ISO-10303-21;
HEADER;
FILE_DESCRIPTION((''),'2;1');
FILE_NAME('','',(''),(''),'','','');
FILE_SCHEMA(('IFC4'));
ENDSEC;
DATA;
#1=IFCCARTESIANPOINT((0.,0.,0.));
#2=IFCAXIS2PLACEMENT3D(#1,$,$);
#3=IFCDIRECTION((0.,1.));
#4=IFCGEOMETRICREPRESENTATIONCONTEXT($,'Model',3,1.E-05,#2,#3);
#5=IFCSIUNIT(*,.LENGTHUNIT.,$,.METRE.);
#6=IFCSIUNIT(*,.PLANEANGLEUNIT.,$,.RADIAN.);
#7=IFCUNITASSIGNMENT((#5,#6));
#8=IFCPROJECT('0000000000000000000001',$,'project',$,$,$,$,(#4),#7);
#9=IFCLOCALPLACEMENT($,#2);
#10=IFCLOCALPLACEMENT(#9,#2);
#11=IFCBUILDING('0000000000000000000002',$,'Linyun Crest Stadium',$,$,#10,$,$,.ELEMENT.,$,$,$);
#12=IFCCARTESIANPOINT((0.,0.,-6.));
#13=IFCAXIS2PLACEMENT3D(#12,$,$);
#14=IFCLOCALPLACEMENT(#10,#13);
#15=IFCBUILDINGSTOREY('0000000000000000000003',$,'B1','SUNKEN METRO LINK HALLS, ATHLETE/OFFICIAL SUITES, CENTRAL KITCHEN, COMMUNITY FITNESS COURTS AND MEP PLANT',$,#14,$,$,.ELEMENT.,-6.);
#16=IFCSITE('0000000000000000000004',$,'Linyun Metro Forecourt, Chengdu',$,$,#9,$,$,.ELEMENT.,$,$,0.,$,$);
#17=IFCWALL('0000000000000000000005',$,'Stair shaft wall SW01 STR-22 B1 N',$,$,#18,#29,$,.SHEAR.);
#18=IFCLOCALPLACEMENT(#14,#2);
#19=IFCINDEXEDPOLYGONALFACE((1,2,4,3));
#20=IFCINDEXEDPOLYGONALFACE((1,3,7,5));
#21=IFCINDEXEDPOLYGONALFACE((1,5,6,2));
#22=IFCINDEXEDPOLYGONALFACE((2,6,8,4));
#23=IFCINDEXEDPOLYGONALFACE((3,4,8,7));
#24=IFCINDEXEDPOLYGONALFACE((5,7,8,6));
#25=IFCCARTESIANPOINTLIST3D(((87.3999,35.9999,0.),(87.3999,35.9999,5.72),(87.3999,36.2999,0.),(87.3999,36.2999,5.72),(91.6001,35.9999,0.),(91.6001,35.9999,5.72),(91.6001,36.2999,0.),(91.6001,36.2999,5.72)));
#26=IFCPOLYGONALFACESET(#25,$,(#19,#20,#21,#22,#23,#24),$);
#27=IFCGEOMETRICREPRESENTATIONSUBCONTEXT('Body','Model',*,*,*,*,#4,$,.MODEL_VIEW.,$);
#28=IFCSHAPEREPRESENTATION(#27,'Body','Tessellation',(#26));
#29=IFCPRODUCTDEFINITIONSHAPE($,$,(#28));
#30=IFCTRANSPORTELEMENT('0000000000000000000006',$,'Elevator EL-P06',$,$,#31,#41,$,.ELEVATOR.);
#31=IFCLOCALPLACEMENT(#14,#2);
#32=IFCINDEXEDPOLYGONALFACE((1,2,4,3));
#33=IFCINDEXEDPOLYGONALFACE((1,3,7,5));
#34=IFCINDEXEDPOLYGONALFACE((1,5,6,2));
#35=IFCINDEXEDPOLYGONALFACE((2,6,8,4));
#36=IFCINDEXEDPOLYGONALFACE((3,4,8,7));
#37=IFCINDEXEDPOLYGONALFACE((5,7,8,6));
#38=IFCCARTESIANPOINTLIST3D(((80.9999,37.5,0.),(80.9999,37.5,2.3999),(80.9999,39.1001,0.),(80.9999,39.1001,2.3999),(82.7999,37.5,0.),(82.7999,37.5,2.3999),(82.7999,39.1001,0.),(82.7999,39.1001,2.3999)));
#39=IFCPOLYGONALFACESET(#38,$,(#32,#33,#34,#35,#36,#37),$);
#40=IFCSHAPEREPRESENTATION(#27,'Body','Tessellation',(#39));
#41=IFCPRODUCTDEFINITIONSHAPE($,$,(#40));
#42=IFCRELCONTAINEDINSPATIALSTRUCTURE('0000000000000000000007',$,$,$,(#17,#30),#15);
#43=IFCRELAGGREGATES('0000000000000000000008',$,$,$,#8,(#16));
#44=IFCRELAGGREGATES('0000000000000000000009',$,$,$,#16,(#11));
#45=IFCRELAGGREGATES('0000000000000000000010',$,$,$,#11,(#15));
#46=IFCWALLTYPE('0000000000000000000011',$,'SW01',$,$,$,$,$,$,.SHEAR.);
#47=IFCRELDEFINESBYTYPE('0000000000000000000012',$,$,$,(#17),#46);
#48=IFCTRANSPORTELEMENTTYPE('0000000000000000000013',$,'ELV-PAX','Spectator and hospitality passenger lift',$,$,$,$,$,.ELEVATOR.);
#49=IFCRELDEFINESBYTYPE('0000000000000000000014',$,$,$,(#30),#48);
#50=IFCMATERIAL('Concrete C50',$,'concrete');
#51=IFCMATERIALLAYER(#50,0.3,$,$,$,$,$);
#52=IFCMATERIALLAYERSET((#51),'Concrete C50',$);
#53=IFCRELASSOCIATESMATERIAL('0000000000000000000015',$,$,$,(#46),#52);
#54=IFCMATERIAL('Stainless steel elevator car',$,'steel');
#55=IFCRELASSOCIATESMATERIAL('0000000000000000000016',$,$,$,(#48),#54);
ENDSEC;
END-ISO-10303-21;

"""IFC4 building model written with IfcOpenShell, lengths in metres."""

from ifc_helpers import new_model, si_unit, direction, frame, frame_2d, origin, origin_2d, place, context, subcontext, project, spatial, rectangle, extrude, material, layer, layer_set, type_object, element, save


model = new_model("IFC4")

# Units and contexts
model_context = context("Model", 3, precision=1e-05, world=origin(), true_north=direction((0.0, 1.0)))
body_context = subcontext(model_context, "Body", "Model", "MODEL_VIEW")
ifc_project = project(units=[si_unit("LENGTHUNIT", "METRE"), si_unit("PLANEANGLEUNIT", "RADIAN")], contexts=[model_context])

# Site, building, storey
site_placement = place(None, origin())
site = spatial("IfcSite", under=ifc_project, at=site_placement, Name="Linyun Metro Forecourt, Chengdu", CompositionType="ELEMENT", RefElevation=0.0)
building_placement = place(site_placement, origin())
building = spatial("IfcBuilding", under=site, at=building_placement, Name="Linyun Crest Stadium", CompositionType="ELEMENT")
storey_placement = place(building_placement, frame((0.0, 0.0, -6.0)))
storey = spatial("IfcBuildingStorey", under=building, at=storey_placement, Name="B1", Description="SUNKEN METRO LINK HALLS, ATHLETE/OFFICIAL SUITES, CENTRAL KITCHEN, COMMUNITY FITNESS COURTS AND MEP PLANT", CompositionType="ELEMENT", Elevation=-6.0)

# Wall
ifc_material_1 = material(Name="Concrete C50", Category="concrete")
ifc_layer_1 = layer(ifc_material_1, 0.3)
ifc_layer_set_1 = layer_set([ifc_layer_1], Name="Concrete C50")
wall_type_1 = type_object("IfcWallType", Name="SW01", PredefinedType="SHEAR", material=ifc_layer_set_1)
wall_1_placement = place(storey_placement, frame((87.3999, 36.1499, 0.0), z_axis=(0.0, 0.0, 1.0), x_axis=(1.0, 0.0, 0.0)))
element("IfcWall", 1, at=wall_1_placement, inside=storey, type_object=wall_type_1, Name="Stair shaft wall SW01 STR-22 B1 N", PredefinedType="SHEAR", context=body_context, shape_type="SweptSolid", body=[
    extrude(rectangle(XDim=4.2002, YDim=0.3, at=frame_2d((2.1001, 0.0))), origin(), (0.0, 0.0, 1.0), 5.72),
])

# Transport element
ifc_material_2 = material(Name="Stainless steel elevator car", Category="steel")
transport_element_type = type_object("IfcTransportElementType", Name="ELV-PAX", Description="Spectator and hospitality passenger lift", PredefinedType="ELEVATOR", material=ifc_material_2)
transport_element_placement = place(storey_placement, frame((81.8999, 38.3, 0.0), z_axis=(0.0, 0.0, 1.0), x_axis=(1.0, 0.0, 0.0)))
element("IfcTransportElement", 2, at=transport_element_placement, inside=storey, type_object=transport_element_type, Name="Elevator EL-P06", PredefinedType="ELEVATOR", context=body_context, shape_type="SweptSolid", body=[
    extrude(rectangle(XDim=1.8, YDim=1.6001, at=origin_2d()), origin(), (0.0, 0.0, 1.0), 2.3999),
])

save(model, "model.ifc")
